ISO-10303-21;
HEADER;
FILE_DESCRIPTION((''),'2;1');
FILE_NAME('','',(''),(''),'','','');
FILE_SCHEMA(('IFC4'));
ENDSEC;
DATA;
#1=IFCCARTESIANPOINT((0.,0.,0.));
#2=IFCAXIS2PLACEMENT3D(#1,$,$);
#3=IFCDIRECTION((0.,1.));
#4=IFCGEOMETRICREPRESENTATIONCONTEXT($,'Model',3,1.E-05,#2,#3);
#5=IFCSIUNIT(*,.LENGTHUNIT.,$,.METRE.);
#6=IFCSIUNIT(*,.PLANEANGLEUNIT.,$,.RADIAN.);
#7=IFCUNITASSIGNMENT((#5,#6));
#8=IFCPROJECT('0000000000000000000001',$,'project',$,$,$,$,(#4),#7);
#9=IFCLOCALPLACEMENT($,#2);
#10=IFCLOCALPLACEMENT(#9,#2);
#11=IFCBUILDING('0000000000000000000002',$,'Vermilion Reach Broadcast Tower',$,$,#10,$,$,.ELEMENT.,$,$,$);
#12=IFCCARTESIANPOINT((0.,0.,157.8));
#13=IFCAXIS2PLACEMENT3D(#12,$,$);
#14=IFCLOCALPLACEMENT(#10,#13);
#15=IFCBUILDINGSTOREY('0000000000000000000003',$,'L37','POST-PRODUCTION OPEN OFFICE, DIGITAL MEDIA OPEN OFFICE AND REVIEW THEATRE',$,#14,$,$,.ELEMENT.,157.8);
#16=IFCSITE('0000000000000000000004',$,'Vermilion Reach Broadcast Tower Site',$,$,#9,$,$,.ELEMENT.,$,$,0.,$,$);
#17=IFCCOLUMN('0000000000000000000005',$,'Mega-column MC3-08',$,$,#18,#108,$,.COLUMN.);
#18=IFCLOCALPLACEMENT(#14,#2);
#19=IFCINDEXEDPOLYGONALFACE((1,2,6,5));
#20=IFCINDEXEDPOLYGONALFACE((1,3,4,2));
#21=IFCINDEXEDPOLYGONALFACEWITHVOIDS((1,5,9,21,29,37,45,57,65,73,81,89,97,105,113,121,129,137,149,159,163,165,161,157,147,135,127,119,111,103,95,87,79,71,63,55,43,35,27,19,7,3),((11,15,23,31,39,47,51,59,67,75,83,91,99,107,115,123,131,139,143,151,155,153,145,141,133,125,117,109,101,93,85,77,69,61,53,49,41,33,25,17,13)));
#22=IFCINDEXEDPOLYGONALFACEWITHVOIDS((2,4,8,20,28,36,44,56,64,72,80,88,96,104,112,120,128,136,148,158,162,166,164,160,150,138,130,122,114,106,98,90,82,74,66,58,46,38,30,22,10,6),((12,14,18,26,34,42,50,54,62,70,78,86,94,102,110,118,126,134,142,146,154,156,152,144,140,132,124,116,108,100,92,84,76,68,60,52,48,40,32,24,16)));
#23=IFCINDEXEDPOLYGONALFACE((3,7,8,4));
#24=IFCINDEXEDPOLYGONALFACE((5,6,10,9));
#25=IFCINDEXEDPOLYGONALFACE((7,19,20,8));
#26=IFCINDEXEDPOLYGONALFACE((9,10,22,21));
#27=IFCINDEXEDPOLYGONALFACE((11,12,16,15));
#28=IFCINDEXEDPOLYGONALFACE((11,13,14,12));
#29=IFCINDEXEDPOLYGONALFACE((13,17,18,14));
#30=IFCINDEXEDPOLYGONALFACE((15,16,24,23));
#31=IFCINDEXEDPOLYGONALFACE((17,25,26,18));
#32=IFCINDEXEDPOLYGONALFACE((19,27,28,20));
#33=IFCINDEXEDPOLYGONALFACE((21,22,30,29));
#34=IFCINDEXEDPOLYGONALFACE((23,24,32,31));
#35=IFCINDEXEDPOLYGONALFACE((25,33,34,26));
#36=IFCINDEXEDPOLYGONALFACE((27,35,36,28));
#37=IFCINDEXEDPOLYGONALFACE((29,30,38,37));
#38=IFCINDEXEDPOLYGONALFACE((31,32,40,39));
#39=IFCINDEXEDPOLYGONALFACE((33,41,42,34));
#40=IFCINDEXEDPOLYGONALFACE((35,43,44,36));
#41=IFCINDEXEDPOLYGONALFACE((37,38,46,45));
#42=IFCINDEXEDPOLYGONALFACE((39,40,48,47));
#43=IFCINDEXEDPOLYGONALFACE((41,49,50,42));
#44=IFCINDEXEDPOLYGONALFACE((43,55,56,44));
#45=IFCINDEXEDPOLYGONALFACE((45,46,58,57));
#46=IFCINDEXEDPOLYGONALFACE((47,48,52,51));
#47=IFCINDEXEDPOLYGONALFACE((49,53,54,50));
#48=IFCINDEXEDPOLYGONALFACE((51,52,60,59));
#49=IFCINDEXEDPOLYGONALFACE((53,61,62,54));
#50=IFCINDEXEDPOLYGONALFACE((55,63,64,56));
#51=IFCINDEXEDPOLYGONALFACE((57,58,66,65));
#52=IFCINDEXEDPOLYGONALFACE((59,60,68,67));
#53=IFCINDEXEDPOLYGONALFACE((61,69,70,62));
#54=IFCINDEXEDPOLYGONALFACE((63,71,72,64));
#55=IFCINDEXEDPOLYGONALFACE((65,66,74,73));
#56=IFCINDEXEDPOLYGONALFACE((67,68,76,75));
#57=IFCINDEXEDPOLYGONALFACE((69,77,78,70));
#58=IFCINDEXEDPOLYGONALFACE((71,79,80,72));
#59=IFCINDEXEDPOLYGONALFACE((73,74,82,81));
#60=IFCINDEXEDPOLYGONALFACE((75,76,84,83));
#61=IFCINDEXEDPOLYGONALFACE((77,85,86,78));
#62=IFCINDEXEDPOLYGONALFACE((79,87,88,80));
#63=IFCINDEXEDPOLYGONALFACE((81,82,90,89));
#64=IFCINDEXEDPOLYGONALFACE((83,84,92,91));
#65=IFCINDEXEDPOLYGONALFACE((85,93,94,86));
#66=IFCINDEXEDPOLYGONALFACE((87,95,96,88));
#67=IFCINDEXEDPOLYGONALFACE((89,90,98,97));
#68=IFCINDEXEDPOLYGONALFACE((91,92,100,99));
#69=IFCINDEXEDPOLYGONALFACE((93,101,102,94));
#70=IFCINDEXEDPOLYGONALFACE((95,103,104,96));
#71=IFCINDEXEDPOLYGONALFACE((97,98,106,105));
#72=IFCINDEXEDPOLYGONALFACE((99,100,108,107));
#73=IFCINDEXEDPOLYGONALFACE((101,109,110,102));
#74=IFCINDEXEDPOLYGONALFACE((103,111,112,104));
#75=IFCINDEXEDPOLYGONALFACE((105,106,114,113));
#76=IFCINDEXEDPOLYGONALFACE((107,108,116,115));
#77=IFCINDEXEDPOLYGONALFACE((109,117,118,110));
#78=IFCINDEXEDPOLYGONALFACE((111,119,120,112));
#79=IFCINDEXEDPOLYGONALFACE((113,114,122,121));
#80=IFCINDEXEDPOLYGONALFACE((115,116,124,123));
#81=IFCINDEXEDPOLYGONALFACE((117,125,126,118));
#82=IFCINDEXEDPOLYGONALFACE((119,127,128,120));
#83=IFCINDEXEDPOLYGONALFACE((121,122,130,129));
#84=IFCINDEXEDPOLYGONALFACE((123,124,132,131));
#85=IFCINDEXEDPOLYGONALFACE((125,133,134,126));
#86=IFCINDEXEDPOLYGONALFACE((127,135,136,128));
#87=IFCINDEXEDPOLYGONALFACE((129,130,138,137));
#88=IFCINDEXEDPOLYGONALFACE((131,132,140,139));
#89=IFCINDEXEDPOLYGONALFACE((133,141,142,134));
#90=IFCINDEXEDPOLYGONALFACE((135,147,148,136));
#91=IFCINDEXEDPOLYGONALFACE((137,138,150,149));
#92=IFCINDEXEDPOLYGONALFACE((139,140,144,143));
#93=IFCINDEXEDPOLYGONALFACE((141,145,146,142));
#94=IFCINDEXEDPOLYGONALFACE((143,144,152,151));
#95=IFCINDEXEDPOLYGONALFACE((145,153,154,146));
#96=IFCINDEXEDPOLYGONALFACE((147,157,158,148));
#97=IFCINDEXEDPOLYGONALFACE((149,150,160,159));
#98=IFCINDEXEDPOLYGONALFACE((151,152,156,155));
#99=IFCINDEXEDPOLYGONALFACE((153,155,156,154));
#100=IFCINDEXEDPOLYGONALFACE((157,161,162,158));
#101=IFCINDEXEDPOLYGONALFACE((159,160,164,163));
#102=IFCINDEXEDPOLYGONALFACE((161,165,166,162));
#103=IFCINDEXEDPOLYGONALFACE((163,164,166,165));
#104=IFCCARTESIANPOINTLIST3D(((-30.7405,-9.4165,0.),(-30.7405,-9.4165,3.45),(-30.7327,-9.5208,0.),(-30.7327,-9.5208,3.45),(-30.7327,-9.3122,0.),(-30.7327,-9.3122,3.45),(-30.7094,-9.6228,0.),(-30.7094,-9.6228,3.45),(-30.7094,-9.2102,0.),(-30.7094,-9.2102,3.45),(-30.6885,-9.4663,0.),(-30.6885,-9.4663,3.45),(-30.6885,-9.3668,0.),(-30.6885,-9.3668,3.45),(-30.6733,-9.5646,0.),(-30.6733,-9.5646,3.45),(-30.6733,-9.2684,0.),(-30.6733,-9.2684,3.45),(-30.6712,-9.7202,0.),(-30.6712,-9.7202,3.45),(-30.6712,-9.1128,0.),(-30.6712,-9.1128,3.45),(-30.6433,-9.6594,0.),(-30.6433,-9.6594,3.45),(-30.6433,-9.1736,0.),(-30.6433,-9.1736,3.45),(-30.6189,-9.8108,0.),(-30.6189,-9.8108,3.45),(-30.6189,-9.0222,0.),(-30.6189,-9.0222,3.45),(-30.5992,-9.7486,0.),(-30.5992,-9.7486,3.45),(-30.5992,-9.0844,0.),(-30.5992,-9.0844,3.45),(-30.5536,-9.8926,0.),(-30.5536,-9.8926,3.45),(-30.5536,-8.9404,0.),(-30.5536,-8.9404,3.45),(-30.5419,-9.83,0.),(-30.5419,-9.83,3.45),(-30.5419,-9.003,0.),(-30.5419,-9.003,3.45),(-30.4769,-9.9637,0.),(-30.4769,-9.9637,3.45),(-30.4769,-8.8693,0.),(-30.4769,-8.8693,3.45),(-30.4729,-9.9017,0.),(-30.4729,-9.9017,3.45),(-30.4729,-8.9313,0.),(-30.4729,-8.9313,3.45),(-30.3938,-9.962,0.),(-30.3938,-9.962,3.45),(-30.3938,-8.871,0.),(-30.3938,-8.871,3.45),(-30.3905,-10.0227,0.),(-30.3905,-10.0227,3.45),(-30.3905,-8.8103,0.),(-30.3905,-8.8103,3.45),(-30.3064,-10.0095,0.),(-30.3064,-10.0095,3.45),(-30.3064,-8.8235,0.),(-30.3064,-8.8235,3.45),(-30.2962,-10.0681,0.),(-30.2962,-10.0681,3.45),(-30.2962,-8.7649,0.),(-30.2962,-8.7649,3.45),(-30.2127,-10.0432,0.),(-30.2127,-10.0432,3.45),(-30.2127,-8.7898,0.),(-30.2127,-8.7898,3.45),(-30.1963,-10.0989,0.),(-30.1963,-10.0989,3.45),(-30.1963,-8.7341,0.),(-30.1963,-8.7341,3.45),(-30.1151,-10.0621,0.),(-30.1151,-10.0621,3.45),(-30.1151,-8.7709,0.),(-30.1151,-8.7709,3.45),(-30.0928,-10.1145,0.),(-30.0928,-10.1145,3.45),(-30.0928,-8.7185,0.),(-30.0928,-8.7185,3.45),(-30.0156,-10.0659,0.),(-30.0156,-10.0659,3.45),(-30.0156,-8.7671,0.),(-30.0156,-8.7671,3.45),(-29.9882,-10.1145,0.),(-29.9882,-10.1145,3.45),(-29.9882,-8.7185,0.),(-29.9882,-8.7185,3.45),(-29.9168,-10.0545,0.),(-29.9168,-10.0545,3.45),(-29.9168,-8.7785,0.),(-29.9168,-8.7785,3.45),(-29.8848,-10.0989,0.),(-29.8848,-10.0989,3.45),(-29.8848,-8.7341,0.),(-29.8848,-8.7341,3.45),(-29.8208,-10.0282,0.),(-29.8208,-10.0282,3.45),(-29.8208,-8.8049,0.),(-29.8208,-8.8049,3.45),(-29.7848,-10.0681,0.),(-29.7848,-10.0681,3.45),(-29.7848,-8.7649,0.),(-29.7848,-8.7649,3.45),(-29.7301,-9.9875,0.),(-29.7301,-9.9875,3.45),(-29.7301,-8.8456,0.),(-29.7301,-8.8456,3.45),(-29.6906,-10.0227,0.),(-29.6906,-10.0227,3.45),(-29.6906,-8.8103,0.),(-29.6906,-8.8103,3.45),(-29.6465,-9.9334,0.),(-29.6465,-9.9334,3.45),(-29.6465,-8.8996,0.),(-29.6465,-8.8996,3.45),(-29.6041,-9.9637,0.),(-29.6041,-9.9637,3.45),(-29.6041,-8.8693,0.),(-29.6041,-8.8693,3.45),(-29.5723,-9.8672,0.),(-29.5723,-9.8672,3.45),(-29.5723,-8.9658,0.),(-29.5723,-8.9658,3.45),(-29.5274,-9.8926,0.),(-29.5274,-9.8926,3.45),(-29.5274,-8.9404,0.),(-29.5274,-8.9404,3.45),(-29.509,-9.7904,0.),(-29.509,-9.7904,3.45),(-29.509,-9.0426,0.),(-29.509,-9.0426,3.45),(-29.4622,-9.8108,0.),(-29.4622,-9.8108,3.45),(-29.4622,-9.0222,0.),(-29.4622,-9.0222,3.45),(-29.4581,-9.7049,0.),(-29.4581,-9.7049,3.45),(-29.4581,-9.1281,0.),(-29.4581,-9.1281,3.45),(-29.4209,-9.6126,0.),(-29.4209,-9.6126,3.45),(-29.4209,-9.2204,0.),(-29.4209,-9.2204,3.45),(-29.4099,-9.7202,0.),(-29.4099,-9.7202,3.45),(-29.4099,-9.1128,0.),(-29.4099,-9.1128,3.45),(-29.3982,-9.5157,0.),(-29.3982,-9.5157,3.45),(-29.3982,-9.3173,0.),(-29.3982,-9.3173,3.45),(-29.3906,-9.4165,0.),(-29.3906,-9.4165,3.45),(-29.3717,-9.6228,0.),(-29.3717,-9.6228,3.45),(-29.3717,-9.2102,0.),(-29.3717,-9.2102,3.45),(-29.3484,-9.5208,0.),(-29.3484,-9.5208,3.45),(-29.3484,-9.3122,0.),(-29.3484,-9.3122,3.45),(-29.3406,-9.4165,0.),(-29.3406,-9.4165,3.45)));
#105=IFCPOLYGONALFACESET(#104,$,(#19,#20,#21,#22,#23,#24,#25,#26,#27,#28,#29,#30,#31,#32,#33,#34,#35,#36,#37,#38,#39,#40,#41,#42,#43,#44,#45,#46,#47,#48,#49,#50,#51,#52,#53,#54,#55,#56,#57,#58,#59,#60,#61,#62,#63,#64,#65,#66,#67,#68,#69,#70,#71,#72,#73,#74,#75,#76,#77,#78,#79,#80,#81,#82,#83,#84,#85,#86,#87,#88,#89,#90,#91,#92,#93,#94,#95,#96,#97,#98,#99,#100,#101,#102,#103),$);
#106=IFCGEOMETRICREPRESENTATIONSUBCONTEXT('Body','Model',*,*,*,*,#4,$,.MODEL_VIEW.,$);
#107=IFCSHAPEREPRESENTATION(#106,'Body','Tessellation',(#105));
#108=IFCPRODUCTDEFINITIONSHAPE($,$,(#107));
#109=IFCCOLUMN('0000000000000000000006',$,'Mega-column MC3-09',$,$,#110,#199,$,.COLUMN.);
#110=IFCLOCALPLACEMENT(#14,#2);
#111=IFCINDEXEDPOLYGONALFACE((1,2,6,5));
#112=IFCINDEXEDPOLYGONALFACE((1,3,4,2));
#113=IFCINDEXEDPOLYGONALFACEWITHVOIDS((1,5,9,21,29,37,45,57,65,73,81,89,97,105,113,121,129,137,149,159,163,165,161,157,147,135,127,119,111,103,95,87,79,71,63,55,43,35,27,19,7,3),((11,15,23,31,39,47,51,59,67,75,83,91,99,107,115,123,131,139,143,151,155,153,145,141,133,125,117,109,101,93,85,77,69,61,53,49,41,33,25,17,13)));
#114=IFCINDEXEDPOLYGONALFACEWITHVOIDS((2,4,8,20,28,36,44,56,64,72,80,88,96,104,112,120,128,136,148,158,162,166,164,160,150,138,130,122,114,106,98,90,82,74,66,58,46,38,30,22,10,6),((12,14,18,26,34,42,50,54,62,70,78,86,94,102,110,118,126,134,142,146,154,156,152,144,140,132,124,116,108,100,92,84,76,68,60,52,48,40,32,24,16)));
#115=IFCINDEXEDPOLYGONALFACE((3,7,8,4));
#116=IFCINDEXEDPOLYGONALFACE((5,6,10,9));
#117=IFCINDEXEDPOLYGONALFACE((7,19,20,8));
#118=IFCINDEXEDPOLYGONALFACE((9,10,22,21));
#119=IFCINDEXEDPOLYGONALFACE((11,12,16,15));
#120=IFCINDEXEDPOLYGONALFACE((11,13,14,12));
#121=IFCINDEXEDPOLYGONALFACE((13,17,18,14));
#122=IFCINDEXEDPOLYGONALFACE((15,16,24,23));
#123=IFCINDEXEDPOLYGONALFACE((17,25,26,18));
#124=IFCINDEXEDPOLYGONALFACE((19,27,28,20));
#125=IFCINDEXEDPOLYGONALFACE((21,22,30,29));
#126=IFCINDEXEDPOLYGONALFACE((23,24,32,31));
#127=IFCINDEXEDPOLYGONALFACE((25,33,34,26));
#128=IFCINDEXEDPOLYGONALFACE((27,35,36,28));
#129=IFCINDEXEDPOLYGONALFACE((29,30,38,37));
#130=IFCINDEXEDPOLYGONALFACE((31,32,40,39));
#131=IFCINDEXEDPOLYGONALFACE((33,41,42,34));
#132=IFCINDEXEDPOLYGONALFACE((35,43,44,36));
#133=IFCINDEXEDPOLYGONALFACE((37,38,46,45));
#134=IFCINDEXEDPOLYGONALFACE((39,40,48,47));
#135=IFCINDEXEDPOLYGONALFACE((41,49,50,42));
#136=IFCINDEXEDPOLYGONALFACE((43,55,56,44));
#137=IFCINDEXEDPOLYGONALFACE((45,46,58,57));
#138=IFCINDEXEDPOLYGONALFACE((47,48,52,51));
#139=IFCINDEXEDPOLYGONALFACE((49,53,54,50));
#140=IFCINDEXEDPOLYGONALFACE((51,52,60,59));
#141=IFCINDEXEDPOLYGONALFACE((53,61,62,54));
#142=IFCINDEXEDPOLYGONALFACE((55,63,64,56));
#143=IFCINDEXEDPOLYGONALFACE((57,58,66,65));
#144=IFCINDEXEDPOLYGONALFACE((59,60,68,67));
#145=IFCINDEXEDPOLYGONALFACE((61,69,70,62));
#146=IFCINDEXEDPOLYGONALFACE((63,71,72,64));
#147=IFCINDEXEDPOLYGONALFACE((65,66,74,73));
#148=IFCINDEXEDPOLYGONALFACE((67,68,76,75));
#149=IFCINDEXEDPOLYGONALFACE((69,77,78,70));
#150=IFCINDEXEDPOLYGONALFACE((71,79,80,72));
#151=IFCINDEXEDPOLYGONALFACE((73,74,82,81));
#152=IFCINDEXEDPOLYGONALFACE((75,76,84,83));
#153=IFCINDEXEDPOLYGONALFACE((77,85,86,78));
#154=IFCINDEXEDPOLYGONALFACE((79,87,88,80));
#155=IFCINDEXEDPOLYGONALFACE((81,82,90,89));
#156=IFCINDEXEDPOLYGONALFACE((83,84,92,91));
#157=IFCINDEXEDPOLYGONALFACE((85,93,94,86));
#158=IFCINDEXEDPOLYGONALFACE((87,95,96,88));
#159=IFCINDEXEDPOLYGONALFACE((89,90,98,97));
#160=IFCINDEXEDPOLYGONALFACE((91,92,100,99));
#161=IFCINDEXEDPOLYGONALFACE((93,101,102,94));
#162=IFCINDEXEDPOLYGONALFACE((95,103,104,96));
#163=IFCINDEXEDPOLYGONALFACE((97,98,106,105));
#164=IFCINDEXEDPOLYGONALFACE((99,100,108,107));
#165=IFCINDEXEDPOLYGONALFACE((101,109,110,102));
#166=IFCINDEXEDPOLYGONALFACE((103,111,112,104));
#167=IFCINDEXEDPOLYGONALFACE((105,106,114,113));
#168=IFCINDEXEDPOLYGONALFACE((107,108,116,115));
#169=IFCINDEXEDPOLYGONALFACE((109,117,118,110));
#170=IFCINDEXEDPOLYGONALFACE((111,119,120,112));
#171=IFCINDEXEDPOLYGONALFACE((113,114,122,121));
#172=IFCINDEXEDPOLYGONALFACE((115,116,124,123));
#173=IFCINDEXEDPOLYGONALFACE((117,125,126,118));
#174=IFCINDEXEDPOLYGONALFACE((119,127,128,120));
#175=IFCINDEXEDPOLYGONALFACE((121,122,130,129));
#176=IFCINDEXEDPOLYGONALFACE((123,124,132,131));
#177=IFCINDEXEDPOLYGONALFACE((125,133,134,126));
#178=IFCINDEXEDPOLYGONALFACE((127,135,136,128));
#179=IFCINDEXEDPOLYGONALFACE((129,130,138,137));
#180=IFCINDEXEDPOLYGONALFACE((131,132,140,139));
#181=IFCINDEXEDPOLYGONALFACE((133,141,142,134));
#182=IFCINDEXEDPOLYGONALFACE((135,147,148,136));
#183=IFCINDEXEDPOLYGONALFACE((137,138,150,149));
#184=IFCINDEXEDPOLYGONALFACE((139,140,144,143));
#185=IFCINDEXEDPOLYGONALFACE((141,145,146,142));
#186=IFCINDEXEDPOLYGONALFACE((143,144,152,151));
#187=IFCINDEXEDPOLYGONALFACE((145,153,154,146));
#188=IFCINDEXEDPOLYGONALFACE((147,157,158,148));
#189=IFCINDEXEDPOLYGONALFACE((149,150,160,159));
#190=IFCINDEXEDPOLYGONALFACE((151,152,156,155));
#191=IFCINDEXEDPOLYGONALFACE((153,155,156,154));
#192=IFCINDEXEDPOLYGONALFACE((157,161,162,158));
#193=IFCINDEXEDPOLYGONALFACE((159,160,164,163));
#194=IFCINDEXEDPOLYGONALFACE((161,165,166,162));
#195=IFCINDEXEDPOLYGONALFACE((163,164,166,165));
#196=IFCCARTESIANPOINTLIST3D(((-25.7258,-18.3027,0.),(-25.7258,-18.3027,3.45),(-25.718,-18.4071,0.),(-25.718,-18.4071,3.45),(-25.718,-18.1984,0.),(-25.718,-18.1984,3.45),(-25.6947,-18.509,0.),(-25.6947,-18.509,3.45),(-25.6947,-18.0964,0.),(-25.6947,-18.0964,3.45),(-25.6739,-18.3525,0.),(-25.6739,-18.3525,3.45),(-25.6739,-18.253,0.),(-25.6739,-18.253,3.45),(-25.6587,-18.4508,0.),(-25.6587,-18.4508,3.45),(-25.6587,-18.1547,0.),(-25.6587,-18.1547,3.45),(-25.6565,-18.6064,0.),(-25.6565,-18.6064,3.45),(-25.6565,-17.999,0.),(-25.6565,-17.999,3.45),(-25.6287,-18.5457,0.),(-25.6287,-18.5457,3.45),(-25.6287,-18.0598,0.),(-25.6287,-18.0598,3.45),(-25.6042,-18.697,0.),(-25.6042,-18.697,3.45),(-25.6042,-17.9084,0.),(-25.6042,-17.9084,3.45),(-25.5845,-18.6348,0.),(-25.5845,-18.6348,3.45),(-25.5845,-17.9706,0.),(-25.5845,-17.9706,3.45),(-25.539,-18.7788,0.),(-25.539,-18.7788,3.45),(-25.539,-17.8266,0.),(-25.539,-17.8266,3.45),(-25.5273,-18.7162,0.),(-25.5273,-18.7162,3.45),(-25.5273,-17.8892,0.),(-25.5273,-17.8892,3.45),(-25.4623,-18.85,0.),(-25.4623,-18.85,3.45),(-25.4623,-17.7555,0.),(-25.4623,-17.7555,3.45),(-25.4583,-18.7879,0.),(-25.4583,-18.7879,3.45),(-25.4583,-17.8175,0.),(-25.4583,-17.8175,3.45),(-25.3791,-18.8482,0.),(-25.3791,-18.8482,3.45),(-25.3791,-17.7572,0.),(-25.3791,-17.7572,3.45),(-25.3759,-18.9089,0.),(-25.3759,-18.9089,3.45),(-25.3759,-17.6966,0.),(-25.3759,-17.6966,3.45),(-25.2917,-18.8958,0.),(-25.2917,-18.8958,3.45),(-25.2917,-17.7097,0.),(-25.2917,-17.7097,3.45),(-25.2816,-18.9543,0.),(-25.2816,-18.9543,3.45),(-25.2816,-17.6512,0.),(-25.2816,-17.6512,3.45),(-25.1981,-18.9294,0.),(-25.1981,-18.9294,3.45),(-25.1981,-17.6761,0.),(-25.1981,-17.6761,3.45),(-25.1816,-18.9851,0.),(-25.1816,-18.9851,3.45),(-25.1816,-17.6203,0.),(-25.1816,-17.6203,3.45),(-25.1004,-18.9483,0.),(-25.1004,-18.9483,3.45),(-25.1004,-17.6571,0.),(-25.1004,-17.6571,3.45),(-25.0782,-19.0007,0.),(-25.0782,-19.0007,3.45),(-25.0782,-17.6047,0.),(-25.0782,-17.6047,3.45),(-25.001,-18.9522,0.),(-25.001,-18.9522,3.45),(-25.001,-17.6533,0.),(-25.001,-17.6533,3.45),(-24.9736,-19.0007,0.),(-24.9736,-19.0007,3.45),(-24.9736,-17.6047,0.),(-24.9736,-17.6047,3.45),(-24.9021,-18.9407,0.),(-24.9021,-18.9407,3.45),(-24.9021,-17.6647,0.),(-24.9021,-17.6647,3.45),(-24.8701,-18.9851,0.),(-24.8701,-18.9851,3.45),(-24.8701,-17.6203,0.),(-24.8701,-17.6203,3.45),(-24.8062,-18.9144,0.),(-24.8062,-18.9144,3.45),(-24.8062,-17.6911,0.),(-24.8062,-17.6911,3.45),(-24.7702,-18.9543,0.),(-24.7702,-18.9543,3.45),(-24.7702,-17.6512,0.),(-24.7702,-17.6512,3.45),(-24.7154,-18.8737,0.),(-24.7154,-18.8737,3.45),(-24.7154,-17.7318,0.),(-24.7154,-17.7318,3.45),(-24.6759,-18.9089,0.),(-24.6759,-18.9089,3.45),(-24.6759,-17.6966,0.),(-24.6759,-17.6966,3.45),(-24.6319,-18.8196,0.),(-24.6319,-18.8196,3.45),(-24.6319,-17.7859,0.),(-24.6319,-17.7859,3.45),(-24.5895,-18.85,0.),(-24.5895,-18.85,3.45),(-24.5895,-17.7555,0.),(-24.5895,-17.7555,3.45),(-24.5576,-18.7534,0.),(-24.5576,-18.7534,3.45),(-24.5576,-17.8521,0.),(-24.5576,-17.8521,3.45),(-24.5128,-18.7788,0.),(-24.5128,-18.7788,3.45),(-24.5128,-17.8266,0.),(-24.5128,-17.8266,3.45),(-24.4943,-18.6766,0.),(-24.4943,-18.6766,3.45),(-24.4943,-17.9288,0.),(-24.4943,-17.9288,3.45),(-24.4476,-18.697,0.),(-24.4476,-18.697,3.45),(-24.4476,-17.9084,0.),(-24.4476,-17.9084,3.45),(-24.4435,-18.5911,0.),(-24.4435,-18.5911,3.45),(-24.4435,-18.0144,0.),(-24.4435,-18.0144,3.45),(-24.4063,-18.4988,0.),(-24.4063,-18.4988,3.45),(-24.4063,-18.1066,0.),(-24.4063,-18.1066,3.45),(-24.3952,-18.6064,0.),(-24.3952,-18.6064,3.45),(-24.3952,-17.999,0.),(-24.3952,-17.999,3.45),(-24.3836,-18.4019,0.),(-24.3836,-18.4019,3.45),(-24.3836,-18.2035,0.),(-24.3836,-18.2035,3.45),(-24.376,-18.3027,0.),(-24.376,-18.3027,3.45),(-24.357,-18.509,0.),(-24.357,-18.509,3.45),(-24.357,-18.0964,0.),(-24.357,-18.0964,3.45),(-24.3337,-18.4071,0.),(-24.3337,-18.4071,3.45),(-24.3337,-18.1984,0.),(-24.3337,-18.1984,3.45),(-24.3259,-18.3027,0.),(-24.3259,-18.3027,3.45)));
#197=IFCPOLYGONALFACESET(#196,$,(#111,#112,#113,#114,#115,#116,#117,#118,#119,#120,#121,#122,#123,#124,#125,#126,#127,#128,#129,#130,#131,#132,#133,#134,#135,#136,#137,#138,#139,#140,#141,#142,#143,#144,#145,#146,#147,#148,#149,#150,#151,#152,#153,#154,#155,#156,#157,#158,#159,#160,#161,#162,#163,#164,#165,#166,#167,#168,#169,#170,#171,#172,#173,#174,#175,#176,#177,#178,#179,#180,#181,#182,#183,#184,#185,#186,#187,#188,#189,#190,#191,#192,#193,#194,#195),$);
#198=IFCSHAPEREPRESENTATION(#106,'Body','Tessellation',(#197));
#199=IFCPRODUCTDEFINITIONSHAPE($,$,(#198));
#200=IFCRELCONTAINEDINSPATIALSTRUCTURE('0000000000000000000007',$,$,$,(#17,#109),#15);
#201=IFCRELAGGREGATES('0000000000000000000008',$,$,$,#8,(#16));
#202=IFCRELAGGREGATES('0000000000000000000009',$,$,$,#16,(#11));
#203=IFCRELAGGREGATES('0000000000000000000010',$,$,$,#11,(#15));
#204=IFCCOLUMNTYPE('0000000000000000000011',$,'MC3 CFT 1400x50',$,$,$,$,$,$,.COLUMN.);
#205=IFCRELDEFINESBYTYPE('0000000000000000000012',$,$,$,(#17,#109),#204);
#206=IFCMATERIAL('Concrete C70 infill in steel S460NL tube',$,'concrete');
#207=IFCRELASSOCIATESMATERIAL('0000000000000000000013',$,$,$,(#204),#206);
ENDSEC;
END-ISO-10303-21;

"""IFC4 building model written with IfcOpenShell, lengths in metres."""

from ifc_helpers import new_model, si_unit, direction, frame, origin, origin_2d, place, context, subcontext, project, spatial, hollow_circle, extrude, material, material_profile, profile_set, type_object, element, save


model = new_model("IFC4")

# Units and contexts
model_context = context("Model", 3, precision=1e-05, world=origin(), true_north=direction((0.0, 1.0)))
body_context = subcontext(model_context, "Body", "Model", "MODEL_VIEW")
ifc_project = project(units=[si_unit("LENGTHUNIT", "METRE"), si_unit("PLANEANGLEUNIT", "RADIAN")], contexts=[model_context])

# Site, building, storey
site_placement = place(None, origin())
site = spatial("IfcSite", under=ifc_project, at=site_placement, Name="Vermilion Reach Broadcast Tower Site", CompositionType="ELEMENT", RefElevation=0.0)
building_placement = place(site_placement, origin())
building = spatial("IfcBuilding", under=site, at=building_placement, Name="Vermilion Reach Broadcast Tower", CompositionType="ELEMENT")
storey_placement = place(building_placement, frame((0.0, 0.0, 157.8)))
storey = spatial("IfcBuildingStorey", under=building, at=storey_placement, Name="L37", Description="POST-PRODUCTION OPEN OFFICE, DIGITAL MEDIA OPEN OFFICE AND REVIEW THEATRE", CompositionType="ELEMENT", Elevation=157.8)

# Columns
ifc_material_1 = material(Name="Concrete C70 infill in steel S460NL tube", Category="concrete")
ifc_material_profile_1 = material_profile(ifc_material_1, hollow_circle(Radius=0.7, WallThickness=0.05, at=origin_2d()), Name="Concrete C70 infill in steel S460NL tube CFT 1400x50")
ifc_profile_set_1 = profile_set([ifc_material_profile_1], Name="Concrete C70 infill in steel S460NL tube")
column_type = type_object("IfcColumnType", Name="MC3 CFT 1400x50", PredefinedType="COLUMN", material=ifc_profile_set_1)
for number, where, z_axis, x_axis, name in (
    (1, (-30.0405, -9.4165, 0.0), (0.0, 0.0, 1.0), (1.0, 0.0, 0.0), "Mega-column MC3-08"),
    (2, (-25.0259, -18.3027, 0.0), (0.0, 0.0, 1.0), (1.0, 0.0, 0.0), "Mega-column MC3-09"),
):
    element("IfcColumn", number, at=place(storey_placement, frame(where, z_axis=z_axis, x_axis=x_axis)), inside=storey, type_object=column_type, Name=name, PredefinedType="COLUMN", context=body_context, shape_type="SweptSolid", body=[
        extrude(hollow_circle(Radius=0.7, WallThickness=0.05, at=origin_2d()), origin(), (0.0, 0.0, 1.0), 3.45),
    ])

save(model, "model.ifc")
